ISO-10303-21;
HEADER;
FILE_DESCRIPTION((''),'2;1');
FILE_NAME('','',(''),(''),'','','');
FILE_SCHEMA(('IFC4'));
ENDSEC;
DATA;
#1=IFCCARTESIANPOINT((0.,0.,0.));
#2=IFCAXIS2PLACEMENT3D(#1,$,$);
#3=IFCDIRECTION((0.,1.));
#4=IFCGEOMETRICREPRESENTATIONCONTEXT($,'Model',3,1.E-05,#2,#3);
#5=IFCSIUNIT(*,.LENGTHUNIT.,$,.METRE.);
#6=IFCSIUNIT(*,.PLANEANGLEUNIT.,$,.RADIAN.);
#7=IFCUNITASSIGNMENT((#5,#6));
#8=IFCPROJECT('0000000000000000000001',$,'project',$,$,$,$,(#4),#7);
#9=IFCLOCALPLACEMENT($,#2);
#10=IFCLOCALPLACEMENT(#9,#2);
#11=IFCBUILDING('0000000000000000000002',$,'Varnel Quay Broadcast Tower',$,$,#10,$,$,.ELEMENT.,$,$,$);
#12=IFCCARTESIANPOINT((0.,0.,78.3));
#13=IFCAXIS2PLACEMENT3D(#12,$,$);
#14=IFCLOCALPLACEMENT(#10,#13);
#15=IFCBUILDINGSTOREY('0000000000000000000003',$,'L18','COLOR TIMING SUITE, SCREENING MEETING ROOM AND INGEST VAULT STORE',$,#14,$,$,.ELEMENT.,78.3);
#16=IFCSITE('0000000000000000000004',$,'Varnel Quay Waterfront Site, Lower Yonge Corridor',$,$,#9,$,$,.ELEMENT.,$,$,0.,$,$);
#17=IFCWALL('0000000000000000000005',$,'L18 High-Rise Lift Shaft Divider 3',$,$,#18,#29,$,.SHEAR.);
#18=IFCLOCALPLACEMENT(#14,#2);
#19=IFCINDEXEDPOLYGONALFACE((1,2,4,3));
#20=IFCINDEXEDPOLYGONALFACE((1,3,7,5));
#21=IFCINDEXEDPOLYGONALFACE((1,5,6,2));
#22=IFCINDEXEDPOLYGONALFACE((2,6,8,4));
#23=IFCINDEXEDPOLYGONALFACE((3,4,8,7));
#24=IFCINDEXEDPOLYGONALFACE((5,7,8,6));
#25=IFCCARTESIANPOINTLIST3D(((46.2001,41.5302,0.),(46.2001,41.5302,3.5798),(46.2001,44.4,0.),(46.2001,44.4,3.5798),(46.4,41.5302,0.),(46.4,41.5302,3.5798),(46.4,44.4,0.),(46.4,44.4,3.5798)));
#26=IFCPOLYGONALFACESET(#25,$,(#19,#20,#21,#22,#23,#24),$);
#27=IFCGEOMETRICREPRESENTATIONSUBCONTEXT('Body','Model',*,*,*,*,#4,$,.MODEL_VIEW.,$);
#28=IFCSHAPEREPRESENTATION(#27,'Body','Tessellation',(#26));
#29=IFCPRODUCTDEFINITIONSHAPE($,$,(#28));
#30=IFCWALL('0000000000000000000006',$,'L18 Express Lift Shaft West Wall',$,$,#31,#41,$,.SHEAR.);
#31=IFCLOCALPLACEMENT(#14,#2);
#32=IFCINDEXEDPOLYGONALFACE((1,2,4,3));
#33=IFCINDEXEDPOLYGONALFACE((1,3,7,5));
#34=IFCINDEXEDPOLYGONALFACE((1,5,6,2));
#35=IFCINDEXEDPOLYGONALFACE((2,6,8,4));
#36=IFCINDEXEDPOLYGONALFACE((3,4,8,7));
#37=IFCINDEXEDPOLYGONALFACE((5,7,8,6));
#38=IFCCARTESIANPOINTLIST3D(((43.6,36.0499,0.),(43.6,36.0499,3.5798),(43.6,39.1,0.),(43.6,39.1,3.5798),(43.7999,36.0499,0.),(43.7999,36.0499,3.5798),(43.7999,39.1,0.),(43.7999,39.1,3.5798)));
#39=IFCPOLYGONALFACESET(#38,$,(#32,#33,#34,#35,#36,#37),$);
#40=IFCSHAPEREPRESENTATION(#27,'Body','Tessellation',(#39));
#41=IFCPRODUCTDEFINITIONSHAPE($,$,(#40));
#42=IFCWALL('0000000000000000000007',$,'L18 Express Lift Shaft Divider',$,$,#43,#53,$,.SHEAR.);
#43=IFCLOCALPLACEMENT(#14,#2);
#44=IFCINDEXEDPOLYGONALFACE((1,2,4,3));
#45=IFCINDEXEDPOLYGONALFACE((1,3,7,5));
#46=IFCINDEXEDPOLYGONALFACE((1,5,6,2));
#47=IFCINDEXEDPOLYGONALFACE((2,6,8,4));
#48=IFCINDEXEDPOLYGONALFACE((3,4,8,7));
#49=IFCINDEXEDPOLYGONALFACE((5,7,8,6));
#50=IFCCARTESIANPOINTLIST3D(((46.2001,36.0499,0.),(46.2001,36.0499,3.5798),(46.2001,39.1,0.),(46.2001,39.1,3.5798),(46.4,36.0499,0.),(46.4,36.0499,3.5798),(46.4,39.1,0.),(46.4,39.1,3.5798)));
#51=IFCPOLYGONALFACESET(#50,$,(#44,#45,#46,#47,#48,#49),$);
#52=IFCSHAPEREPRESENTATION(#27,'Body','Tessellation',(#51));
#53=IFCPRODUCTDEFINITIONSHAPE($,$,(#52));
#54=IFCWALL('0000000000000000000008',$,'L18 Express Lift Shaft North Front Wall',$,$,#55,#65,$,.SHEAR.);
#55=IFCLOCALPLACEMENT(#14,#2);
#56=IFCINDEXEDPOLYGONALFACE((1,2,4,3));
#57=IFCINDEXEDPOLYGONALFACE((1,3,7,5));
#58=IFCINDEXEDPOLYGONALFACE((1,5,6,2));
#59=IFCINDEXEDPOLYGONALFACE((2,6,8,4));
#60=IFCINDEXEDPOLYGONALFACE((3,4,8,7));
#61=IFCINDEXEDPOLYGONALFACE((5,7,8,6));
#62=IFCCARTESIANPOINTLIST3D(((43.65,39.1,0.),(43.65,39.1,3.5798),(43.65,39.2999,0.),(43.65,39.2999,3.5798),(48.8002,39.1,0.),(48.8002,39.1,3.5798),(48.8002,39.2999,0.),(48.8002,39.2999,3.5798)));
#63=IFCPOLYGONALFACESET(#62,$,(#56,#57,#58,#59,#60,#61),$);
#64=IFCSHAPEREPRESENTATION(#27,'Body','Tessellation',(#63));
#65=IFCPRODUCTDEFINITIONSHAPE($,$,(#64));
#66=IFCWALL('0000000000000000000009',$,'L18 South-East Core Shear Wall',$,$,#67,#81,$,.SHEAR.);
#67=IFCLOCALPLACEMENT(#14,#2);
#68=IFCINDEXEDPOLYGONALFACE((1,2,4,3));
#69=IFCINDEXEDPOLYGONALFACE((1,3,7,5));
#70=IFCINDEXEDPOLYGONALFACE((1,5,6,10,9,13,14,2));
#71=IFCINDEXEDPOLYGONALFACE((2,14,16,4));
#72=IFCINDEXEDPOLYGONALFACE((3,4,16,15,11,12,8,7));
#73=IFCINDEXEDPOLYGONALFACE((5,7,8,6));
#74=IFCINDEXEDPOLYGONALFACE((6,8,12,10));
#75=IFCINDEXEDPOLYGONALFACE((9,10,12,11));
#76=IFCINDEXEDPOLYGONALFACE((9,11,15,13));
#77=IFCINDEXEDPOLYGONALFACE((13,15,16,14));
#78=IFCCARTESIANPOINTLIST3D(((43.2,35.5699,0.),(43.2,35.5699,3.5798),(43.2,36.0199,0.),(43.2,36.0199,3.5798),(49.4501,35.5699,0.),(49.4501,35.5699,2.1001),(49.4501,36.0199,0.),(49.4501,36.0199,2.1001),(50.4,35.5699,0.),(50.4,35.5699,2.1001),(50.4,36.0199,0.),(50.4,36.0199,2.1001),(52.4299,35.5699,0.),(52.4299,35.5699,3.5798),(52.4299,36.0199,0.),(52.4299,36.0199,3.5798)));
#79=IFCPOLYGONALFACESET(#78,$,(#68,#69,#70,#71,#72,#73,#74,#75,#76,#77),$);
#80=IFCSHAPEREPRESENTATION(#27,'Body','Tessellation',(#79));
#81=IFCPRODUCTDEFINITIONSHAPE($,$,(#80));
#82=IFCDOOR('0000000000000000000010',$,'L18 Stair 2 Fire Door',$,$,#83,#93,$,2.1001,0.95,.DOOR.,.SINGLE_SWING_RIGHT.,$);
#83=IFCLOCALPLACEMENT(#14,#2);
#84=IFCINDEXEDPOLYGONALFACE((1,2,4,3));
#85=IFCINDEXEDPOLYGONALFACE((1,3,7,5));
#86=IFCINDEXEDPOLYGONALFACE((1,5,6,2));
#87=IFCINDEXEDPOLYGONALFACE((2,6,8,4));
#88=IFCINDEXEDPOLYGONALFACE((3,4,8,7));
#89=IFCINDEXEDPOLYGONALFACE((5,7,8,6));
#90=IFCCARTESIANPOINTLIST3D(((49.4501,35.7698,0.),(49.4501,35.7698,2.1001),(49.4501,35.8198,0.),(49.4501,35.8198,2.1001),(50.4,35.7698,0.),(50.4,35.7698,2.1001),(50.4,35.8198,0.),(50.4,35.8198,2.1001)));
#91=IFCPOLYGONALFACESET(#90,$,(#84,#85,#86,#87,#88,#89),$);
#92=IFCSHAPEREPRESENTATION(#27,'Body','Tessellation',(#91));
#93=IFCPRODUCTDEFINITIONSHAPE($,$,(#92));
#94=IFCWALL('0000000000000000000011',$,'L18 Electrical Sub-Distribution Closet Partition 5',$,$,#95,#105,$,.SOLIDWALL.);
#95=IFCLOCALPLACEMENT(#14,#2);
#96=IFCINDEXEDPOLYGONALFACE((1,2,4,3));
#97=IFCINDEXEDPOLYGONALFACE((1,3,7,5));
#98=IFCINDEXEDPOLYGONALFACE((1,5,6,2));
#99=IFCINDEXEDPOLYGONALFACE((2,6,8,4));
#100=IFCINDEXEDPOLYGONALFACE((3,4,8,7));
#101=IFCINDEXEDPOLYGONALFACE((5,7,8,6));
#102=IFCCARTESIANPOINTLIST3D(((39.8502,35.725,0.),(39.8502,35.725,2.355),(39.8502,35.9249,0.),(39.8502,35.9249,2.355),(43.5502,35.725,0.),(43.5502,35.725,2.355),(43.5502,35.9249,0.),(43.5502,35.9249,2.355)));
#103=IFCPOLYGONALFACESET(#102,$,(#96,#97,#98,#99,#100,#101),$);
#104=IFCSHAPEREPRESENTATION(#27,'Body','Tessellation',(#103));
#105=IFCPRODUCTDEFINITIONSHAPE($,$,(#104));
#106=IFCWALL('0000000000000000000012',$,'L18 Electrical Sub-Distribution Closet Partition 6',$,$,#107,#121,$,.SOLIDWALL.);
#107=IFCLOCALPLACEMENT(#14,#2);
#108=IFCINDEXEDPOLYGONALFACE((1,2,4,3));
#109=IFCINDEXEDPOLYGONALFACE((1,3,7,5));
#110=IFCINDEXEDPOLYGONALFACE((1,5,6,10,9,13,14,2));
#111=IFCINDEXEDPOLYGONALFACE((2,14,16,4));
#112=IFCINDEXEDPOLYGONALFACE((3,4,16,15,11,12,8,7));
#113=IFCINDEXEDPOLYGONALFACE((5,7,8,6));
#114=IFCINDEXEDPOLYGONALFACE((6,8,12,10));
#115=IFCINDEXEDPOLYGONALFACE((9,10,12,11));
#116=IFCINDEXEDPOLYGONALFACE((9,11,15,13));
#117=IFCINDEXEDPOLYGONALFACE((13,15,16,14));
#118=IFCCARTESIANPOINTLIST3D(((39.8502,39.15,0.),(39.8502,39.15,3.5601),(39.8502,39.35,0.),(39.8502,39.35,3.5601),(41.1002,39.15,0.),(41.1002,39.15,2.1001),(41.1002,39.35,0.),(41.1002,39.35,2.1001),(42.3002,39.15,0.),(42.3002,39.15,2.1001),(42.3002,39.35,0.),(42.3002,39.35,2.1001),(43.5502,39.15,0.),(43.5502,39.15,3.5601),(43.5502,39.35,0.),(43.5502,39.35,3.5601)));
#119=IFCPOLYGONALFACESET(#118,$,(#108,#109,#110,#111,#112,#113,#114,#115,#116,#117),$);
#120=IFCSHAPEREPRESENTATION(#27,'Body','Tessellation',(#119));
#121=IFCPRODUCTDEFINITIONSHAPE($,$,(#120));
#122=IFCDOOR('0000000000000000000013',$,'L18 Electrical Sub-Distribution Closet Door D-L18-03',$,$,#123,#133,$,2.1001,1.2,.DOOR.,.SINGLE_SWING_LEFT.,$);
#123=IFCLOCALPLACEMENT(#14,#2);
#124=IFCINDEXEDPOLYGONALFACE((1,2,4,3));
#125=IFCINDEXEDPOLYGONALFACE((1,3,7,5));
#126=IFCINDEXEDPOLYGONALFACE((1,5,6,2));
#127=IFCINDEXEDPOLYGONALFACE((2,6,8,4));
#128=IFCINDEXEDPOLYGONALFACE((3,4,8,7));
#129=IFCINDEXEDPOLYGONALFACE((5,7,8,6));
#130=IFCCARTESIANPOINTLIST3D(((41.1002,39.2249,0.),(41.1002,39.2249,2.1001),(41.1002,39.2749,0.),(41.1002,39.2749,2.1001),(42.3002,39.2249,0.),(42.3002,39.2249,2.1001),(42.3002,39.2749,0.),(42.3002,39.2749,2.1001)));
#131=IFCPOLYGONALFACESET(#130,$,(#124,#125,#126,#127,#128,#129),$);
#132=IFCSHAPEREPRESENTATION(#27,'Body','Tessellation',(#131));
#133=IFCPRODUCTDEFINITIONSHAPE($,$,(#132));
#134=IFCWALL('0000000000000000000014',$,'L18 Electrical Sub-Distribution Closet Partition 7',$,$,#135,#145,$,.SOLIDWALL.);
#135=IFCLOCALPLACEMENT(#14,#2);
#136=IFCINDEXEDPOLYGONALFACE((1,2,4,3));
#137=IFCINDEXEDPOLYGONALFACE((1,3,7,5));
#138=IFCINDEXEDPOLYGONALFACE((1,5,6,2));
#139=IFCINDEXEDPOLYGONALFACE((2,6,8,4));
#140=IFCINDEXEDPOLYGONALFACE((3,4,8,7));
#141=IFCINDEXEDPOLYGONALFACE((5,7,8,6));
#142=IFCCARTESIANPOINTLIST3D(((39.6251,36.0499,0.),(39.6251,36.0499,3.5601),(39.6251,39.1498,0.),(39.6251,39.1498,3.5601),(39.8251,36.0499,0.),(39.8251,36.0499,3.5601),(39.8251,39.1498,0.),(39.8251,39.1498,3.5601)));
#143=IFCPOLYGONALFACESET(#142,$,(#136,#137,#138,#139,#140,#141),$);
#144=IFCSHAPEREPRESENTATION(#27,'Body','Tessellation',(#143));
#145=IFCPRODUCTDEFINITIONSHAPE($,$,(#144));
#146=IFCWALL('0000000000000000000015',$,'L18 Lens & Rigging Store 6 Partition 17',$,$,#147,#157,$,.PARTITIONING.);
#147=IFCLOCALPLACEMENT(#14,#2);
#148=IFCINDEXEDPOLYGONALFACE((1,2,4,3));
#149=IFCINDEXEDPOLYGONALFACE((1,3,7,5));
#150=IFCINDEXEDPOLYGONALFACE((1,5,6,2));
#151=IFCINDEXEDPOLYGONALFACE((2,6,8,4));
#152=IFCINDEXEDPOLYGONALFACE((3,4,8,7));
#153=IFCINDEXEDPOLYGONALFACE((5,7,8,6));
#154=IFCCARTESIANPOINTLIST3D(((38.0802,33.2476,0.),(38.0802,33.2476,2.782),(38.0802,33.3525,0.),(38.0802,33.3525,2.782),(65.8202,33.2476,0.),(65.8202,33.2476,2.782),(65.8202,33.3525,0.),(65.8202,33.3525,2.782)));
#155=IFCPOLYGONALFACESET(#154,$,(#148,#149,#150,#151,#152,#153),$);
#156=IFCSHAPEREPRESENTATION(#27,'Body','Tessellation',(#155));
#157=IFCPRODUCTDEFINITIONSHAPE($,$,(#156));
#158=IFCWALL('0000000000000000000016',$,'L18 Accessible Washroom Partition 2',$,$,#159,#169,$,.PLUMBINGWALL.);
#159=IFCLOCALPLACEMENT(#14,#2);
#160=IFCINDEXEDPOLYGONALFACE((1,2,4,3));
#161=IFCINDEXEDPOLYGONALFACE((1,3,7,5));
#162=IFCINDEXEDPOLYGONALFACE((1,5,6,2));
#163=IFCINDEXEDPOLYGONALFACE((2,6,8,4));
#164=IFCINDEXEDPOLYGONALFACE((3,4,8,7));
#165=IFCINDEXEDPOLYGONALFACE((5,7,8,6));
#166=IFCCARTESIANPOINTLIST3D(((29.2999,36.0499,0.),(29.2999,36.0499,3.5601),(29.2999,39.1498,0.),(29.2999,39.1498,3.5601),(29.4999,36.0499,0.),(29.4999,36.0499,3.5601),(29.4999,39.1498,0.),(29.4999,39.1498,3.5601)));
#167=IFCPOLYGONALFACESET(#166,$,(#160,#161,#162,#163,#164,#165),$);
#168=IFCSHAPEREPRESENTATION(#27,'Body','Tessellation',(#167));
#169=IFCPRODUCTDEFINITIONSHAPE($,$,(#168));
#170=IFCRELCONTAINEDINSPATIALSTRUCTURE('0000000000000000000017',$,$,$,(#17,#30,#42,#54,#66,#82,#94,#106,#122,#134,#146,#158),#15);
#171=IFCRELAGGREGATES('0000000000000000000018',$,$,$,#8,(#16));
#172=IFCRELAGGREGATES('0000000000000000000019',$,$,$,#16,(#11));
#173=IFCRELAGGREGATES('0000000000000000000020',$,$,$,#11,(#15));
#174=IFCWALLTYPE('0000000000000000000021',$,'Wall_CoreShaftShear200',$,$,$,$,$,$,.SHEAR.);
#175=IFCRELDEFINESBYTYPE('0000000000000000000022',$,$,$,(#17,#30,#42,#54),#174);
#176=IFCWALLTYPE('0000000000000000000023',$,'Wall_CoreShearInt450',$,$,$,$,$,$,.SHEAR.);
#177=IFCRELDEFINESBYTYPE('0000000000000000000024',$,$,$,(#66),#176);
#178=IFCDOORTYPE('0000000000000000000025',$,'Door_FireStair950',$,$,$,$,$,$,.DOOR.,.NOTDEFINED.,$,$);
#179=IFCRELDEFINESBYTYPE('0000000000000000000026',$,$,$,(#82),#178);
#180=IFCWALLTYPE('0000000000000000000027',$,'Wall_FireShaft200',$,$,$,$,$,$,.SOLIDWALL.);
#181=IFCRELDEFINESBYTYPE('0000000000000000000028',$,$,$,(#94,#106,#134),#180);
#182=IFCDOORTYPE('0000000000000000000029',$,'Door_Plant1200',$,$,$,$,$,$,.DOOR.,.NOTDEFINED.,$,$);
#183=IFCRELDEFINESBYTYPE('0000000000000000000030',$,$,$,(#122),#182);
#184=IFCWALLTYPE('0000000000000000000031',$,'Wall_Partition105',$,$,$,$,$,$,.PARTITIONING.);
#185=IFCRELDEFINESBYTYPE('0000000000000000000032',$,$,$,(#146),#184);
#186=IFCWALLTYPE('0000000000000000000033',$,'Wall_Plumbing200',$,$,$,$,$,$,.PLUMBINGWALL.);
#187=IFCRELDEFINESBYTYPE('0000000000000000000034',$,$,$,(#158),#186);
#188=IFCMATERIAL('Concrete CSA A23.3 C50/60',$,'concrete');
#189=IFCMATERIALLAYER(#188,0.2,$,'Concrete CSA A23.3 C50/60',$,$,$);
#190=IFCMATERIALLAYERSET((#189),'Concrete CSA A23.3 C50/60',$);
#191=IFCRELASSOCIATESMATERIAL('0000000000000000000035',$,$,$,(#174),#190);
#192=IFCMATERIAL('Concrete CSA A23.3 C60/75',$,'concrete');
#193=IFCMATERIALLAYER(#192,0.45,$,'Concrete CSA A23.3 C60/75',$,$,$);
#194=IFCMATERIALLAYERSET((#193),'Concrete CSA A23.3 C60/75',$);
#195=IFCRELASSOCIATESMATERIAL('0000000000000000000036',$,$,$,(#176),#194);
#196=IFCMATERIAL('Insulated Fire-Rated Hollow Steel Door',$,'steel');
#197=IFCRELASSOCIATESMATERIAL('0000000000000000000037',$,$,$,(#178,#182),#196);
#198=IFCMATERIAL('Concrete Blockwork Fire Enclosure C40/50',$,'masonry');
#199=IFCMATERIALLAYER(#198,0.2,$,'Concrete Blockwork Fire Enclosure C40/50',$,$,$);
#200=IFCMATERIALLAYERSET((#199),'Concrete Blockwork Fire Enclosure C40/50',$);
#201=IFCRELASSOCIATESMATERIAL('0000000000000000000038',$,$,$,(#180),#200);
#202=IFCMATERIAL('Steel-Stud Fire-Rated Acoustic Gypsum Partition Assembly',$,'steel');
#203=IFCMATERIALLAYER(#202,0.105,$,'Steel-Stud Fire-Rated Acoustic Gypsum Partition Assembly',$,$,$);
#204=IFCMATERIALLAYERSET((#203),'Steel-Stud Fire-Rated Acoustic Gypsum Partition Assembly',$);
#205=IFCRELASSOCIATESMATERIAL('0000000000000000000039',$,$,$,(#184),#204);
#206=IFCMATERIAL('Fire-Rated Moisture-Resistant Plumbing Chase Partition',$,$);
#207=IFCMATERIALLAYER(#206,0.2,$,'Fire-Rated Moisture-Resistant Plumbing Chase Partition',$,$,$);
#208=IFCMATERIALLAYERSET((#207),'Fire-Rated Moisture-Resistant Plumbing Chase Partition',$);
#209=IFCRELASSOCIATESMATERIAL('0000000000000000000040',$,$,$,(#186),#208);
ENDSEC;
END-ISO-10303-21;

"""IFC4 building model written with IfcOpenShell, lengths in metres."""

from ifc_helpers import new_model, si_unit, direction, frame, frame_2d, origin, place, context, subcontext, project, spatial, rectangle, extrude, source, transform, mapped, material, layer, layer_set, type_object, type_shapes, element, fill, save


model = new_model("IFC4")

# Units and contexts
model_context = context("Model", 3, precision=1e-05, world=origin(), true_north=direction((0.0, 1.0)))
body_context = subcontext(model_context, "Body", "Model", "MODEL_VIEW")
ifc_project = project(units=[si_unit("LENGTHUNIT", "METRE"), si_unit("PLANEANGLEUNIT", "RADIAN")], contexts=[model_context])

# Site, building, storey
site_placement = place(None, origin())
site = spatial("IfcSite", under=ifc_project, at=site_placement, Name="Varnel Quay Waterfront Site, Lower Yonge Corridor", CompositionType="ELEMENT", RefElevation=0.0)
building_placement = place(site_placement, origin())
building = spatial("IfcBuilding", under=site, at=building_placement, Name="Varnel Quay Broadcast Tower", CompositionType="ELEMENT")
storey_placement = place(building_placement, frame((0.0, 0.0, 78.3)))
storey = spatial("IfcBuildingStorey", under=building, at=storey_placement, Name="L18", Description="COLOR TIMING SUITE, SCREENING MEETING ROOM AND INGEST VAULT STORE", CompositionType="ELEMENT", Elevation=78.3)

# Shared definitions
ifc_material_1 = material(Name="Concrete CSA A23.3 C60/75", Category="concrete")

# Walls
ifc_material_2 = material(Name="Concrete CSA A23.3 C50/60", Category="concrete")
ifc_layer_1 = layer(ifc_material_2, 0.2, Name="Concrete CSA A23.3 C50/60")
ifc_layer_set_1 = layer_set([ifc_layer_1], Name="Concrete CSA A23.3 C50/60")
wall_type_1 = type_object("IfcWallType", Name="Wall_CoreShaftShear200", PredefinedType="SHEAR", material=ifc_layer_set_1)
for number, where, z_axis, x_axis, name in (
    (1, (46.3, 41.53, 0.0), (0.0, 0.0, 1.0), (0.0, 1.0, 0.0), "L18 High-Rise Lift Shaft Divider 3"),
):
    element("IfcWall", number, at=place(storey_placement, frame(where, z_axis=z_axis, x_axis=x_axis)), inside=storey, type_object=wall_type_1, Name=name, PredefinedType="SHEAR", context=body_context, shape_type="SweptSolid", body=[
        extrude(rectangle(XDim=2.8699, YDim=0.2, at=frame_2d((1.4351, 0.0))), origin(), (0.0, 0.0, 1.0), 3.5798),
    ])
for number, where, z_axis, x_axis, name in (
    (2, (43.7, 36.05, 0.0), (0.0, 0.0, 1.0), (0.0, 1.0, 0.0), "L18 Express Lift Shaft West Wall"),
    (3, (46.3, 36.05, 0.0), (0.0, 0.0, 1.0), (0.0, 1.0, 0.0), "L18 Express Lift Shaft Divider"),
):
    element("IfcWall", number, at=place(storey_placement, frame(where, z_axis=z_axis, x_axis=x_axis)), inside=storey, type_object=wall_type_1, Name=name, PredefinedType="SHEAR", context=body_context, shape_type="SweptSolid", body=[
        extrude(rectangle(XDim=3.05, YDim=0.2, at=frame_2d((1.5249, 0.0))), origin(), (0.0, 0.0, 1.0), 3.5798),
    ])
wall_1_placement = place(storey_placement, frame((43.6499, 39.2, 0.0), z_axis=(0.0, 0.0, 1.0), x_axis=(1.0, 0.0, 0.0)))
element("IfcWall", 4, at=wall_1_placement, inside=storey, type_object=wall_type_1, Name="L18 Express Lift Shaft North Front Wall", PredefinedType="SHEAR", context=body_context, shape_type="SweptSolid", body=[
    extrude(rectangle(XDim=5.1501, YDim=0.2, at=frame_2d((2.5752, 0.0))), origin(), (0.0, 0.0, 1.0), 3.5798),
])

# Wall, opening, door
ifc_layer_2 = layer(ifc_material_1, 0.45, Name="Concrete CSA A23.3 C60/75")
ifc_layer_set_2 = layer_set([ifc_layer_2], Name="Concrete CSA A23.3 C60/75")
wall_type_2 = type_object("IfcWallType", Name="Wall_CoreShearInt450", PredefinedType="SHEAR", material=ifc_layer_set_2)
wall_2_placement = place(storey_placement, frame((43.2, 35.7949, 0.0), z_axis=(0.0, 0.0, 1.0), x_axis=(1.0, 0.0, 0.0)))
wall_2 = element("IfcWall", 5, at=wall_2_placement, inside=storey, type_object=wall_type_2, Name="L18 South-East Core Shear Wall", PredefinedType="SHEAR", context=body_context, shape_type="SweptSolid", body=[
    extrude(rectangle(XDim=9.23, YDim=0.45, at=frame_2d((4.615, 0.0))), origin(), (0.0, 0.0, 1.0), 3.5798),
])
opening_1_placement = place(wall_2_placement, frame((6.25, 0.0, 0.0)))
opening_1 = element("IfcOpeningElement", 6, at=opening_1_placement, cuts=wall_2, PredefinedType="OPENING", context=body_context, shape_type="SweptSolid", body=[
    extrude(rectangle(XDim=0.95, YDim=2.1001, at=frame_2d((0.4751, 1.05))), frame((0.0, 0.2349, 0.0), z_axis=(0.0, -1.0, 0.0), x_axis=(1.0, 0.0, 0.0)), (0.0, 0.0, 1.0), 0.47),
])
ifc_material_3 = material(Name="Insulated Fire-Rated Hollow Steel Door", Category="steel")
door_type_1 = type_object("IfcDoorType", Name="Door_FireStair950", OperationType="NOTDEFINED", PredefinedType="DOOR", material=ifc_material_3)
shared_shape_1 = source(origin(), body_context, "Body", "SweptSolid", [
    extrude(rectangle(XDim=0.95, YDim=2.1001, at=frame_2d((0.4751, 1.05))), frame((0.0, 0.0249, 0.0), z_axis=(0.0, -1.0, 0.0), x_axis=(1.0, 0.0, 0.0)), (0.0, 0.0, 1.0), 0.05),
])
type_shapes(door_type_1, [shared_shape_1])
door_1_placement = place(opening_1_placement, origin())
door_1 = element("IfcDoor", 7, at=door_1_placement, inside=storey, type_object=door_type_1, Name="L18 Stair 2 Fire Door", OperationType="SINGLE_SWING_RIGHT", OverallHeight=2.1001, OverallWidth=0.95, PredefinedType="DOOR", context=body_context, shape_type="MappedRepresentation", body=[
    mapped(shared_shape_1, transform((0.0, 0.0, 0.0), x_axis=(1.0, 0.0, 0.0), y_axis=(0.0, 1.0, 0.0), z_axis=(0.0, 0.0, 1.0), scale=1.0)),
])
fill(opening_1, door_1)

# Wall
ifc_material_4 = material(Name="Concrete Blockwork Fire Enclosure C40/50", Category="masonry")
ifc_layer_3 = layer(ifc_material_4, 0.2, Name="Concrete Blockwork Fire Enclosure C40/50")
ifc_layer_set_3 = layer_set([ifc_layer_3], Name="Concrete Blockwork Fire Enclosure C40/50")
wall_type_3 = type_object("IfcWallType", Name="Wall_FireShaft200", PredefinedType="SOLIDWALL", material=ifc_layer_set_3)
wall_3_placement = place(storey_placement, frame((39.8501, 35.825, 0.0), z_axis=(0.0, 0.0, 1.0), x_axis=(1.0, 0.0, 0.0)))
element("IfcWall", 8, at=wall_3_placement, inside=storey, type_object=wall_type_3, Name="L18 Electrical Sub-Distribution Closet Partition 5", PredefinedType="SOLIDWALL", context=body_context, shape_type="SweptSolid", body=[
    extrude(rectangle(XDim=3.7, YDim=0.2, at=frame_2d((1.8501, 0.0))), origin(), (0.0, 0.0, 1.0), 2.355),
])

# Wall, opening, door
wall_4_placement = place(storey_placement, frame((39.8501, 39.25, 0.0), z_axis=(0.0, 0.0, 1.0), x_axis=(1.0, 0.0, 0.0)))
wall_4 = element("IfcWall", 9, at=wall_4_placement, inside=storey, type_object=wall_type_3, Name="L18 Electrical Sub-Distribution Closet Partition 6", PredefinedType="SOLIDWALL", context=body_context, shape_type="SweptSolid", body=[
    extrude(rectangle(XDim=3.7, YDim=0.2, at=frame_2d((1.8501, 0.0))), origin(), (0.0, 0.0, 1.0), 3.5601),
])
opening_2_placement = place(wall_4_placement, frame((1.25, 0.0, 0.0)))
opening_2 = element("IfcOpeningElement", 10, at=opening_2_placement, cuts=wall_4, PredefinedType="OPENING", context=body_context, shape_type="SweptSolid", body=[
    extrude(rectangle(XDim=1.2, YDim=2.1001, at=frame_2d((0.6001, 1.05))), frame((0.0, 0.1099, 0.0), z_axis=(0.0, -1.0, 0.0), x_axis=(1.0, 0.0, 0.0)), (0.0, 0.0, 1.0), 0.22),
])
door_type_2 = type_object("IfcDoorType", Name="Door_Plant1200", OperationType="NOTDEFINED", PredefinedType="DOOR", material=ifc_material_3)
shared_shape_2 = source(origin(), body_context, "Body", "SweptSolid", [
    extrude(rectangle(XDim=1.2, YDim=2.1001, at=frame_2d((0.6001, 1.05))), frame((0.0, 0.0249, 0.0), z_axis=(0.0, -1.0, 0.0), x_axis=(1.0, 0.0, 0.0)), (0.0, 0.0, 1.0), 0.05),
])
type_shapes(door_type_2, [shared_shape_2])
door_2_placement = place(opening_2_placement, origin())
door_2 = element("IfcDoor", 11, at=door_2_placement, inside=storey, type_object=door_type_2, Name="L18 Electrical Sub-Distribution Closet Door D-L18-03", OperationType="SINGLE_SWING_LEFT", OverallHeight=2.1001, OverallWidth=1.2, PredefinedType="DOOR", context=body_context, shape_type="MappedRepresentation", body=[
    mapped(shared_shape_2, transform((0.0, 0.0, 0.0), x_axis=(1.0, 0.0, 0.0), y_axis=(0.0, 1.0, 0.0), z_axis=(0.0, 0.0, 1.0), scale=1.0)),
])
fill(opening_2, door_2)

# Walls
wall_5_placement = place(storey_placement, frame((39.7251, 36.05, 0.0), z_axis=(0.0, 0.0, 1.0), x_axis=(0.0, 1.0, 0.0)))
element("IfcWall", 12, at=wall_5_placement, inside=storey, type_object=wall_type_3, Name="L18 Electrical Sub-Distribution Closet Partition 7", PredefinedType="SOLIDWALL", context=body_context, shape_type="SweptSolid", body=[
    extrude(rectangle(XDim=3.0999, YDim=0.2, at=frame_2d((1.5498, 0.0))), origin(), (0.0, 0.0, 1.0), 3.5601),
])
ifc_material_5 = material(Name="Steel-Stud Fire-Rated Acoustic Gypsum Partition Assembly", Category="steel")
ifc_layer_4 = layer(ifc_material_5, 0.105, Name="Steel-Stud Fire-Rated Acoustic Gypsum Partition Assembly")
ifc_layer_set_4 = layer_set([ifc_layer_4], Name="Steel-Stud Fire-Rated Acoustic Gypsum Partition Assembly")
wall_type_4 = type_object("IfcWallType", Name="Wall_Partition105", PredefinedType="PARTITIONING", material=ifc_layer_set_4)
wall_6_placement = place(storey_placement, frame((38.0801, 33.3, 0.0), z_axis=(0.0, 0.0, 1.0), x_axis=(1.0, 0.0, 0.0)))
element("IfcWall", 13, at=wall_6_placement, inside=storey, type_object=wall_type_4, Name="L18 Lens & Rigging Store 6 Partition 17", PredefinedType="PARTITIONING", context=body_context, shape_type="SweptSolid", body=[
    extrude(rectangle(XDim=27.74, YDim=0.105, at=frame_2d((13.8701, 0.0))), origin(), (0.0, 0.0, 1.0), 2.782),
])
ifc_material_6 = material(Name="Fire-Rated Moisture-Resistant Plumbing Chase Partition")
ifc_layer_5 = layer(ifc_material_6, 0.2, Name="Fire-Rated Moisture-Resistant Plumbing Chase Partition")
ifc_layer_set_5 = layer_set([ifc_layer_5], Name="Fire-Rated Moisture-Resistant Plumbing Chase Partition")
wall_type_5 = type_object("IfcWallType", Name="Wall_Plumbing200", PredefinedType="PLUMBINGWALL", material=ifc_layer_set_5)
for number, where, z_axis, x_axis, name in (
    (14, (29.3999, 36.05, 0.0), (0.0, 0.0, 1.0), (0.0, 1.0, 0.0), "L18 Accessible Washroom Partition 2"),
):
    element("IfcWall", number, at=place(storey_placement, frame(where, z_axis=z_axis, x_axis=x_axis)), inside=storey, type_object=wall_type_5, Name=name, PredefinedType="PLUMBINGWALL", context=body_context, shape_type="SweptSolid", body=[
        extrude(rectangle(XDim=3.0999, YDim=0.2, at=frame_2d((1.5498, 0.0))), origin(), (0.0, 0.0, 1.0), 3.5601),
    ])

save(model, "model.ifc")
